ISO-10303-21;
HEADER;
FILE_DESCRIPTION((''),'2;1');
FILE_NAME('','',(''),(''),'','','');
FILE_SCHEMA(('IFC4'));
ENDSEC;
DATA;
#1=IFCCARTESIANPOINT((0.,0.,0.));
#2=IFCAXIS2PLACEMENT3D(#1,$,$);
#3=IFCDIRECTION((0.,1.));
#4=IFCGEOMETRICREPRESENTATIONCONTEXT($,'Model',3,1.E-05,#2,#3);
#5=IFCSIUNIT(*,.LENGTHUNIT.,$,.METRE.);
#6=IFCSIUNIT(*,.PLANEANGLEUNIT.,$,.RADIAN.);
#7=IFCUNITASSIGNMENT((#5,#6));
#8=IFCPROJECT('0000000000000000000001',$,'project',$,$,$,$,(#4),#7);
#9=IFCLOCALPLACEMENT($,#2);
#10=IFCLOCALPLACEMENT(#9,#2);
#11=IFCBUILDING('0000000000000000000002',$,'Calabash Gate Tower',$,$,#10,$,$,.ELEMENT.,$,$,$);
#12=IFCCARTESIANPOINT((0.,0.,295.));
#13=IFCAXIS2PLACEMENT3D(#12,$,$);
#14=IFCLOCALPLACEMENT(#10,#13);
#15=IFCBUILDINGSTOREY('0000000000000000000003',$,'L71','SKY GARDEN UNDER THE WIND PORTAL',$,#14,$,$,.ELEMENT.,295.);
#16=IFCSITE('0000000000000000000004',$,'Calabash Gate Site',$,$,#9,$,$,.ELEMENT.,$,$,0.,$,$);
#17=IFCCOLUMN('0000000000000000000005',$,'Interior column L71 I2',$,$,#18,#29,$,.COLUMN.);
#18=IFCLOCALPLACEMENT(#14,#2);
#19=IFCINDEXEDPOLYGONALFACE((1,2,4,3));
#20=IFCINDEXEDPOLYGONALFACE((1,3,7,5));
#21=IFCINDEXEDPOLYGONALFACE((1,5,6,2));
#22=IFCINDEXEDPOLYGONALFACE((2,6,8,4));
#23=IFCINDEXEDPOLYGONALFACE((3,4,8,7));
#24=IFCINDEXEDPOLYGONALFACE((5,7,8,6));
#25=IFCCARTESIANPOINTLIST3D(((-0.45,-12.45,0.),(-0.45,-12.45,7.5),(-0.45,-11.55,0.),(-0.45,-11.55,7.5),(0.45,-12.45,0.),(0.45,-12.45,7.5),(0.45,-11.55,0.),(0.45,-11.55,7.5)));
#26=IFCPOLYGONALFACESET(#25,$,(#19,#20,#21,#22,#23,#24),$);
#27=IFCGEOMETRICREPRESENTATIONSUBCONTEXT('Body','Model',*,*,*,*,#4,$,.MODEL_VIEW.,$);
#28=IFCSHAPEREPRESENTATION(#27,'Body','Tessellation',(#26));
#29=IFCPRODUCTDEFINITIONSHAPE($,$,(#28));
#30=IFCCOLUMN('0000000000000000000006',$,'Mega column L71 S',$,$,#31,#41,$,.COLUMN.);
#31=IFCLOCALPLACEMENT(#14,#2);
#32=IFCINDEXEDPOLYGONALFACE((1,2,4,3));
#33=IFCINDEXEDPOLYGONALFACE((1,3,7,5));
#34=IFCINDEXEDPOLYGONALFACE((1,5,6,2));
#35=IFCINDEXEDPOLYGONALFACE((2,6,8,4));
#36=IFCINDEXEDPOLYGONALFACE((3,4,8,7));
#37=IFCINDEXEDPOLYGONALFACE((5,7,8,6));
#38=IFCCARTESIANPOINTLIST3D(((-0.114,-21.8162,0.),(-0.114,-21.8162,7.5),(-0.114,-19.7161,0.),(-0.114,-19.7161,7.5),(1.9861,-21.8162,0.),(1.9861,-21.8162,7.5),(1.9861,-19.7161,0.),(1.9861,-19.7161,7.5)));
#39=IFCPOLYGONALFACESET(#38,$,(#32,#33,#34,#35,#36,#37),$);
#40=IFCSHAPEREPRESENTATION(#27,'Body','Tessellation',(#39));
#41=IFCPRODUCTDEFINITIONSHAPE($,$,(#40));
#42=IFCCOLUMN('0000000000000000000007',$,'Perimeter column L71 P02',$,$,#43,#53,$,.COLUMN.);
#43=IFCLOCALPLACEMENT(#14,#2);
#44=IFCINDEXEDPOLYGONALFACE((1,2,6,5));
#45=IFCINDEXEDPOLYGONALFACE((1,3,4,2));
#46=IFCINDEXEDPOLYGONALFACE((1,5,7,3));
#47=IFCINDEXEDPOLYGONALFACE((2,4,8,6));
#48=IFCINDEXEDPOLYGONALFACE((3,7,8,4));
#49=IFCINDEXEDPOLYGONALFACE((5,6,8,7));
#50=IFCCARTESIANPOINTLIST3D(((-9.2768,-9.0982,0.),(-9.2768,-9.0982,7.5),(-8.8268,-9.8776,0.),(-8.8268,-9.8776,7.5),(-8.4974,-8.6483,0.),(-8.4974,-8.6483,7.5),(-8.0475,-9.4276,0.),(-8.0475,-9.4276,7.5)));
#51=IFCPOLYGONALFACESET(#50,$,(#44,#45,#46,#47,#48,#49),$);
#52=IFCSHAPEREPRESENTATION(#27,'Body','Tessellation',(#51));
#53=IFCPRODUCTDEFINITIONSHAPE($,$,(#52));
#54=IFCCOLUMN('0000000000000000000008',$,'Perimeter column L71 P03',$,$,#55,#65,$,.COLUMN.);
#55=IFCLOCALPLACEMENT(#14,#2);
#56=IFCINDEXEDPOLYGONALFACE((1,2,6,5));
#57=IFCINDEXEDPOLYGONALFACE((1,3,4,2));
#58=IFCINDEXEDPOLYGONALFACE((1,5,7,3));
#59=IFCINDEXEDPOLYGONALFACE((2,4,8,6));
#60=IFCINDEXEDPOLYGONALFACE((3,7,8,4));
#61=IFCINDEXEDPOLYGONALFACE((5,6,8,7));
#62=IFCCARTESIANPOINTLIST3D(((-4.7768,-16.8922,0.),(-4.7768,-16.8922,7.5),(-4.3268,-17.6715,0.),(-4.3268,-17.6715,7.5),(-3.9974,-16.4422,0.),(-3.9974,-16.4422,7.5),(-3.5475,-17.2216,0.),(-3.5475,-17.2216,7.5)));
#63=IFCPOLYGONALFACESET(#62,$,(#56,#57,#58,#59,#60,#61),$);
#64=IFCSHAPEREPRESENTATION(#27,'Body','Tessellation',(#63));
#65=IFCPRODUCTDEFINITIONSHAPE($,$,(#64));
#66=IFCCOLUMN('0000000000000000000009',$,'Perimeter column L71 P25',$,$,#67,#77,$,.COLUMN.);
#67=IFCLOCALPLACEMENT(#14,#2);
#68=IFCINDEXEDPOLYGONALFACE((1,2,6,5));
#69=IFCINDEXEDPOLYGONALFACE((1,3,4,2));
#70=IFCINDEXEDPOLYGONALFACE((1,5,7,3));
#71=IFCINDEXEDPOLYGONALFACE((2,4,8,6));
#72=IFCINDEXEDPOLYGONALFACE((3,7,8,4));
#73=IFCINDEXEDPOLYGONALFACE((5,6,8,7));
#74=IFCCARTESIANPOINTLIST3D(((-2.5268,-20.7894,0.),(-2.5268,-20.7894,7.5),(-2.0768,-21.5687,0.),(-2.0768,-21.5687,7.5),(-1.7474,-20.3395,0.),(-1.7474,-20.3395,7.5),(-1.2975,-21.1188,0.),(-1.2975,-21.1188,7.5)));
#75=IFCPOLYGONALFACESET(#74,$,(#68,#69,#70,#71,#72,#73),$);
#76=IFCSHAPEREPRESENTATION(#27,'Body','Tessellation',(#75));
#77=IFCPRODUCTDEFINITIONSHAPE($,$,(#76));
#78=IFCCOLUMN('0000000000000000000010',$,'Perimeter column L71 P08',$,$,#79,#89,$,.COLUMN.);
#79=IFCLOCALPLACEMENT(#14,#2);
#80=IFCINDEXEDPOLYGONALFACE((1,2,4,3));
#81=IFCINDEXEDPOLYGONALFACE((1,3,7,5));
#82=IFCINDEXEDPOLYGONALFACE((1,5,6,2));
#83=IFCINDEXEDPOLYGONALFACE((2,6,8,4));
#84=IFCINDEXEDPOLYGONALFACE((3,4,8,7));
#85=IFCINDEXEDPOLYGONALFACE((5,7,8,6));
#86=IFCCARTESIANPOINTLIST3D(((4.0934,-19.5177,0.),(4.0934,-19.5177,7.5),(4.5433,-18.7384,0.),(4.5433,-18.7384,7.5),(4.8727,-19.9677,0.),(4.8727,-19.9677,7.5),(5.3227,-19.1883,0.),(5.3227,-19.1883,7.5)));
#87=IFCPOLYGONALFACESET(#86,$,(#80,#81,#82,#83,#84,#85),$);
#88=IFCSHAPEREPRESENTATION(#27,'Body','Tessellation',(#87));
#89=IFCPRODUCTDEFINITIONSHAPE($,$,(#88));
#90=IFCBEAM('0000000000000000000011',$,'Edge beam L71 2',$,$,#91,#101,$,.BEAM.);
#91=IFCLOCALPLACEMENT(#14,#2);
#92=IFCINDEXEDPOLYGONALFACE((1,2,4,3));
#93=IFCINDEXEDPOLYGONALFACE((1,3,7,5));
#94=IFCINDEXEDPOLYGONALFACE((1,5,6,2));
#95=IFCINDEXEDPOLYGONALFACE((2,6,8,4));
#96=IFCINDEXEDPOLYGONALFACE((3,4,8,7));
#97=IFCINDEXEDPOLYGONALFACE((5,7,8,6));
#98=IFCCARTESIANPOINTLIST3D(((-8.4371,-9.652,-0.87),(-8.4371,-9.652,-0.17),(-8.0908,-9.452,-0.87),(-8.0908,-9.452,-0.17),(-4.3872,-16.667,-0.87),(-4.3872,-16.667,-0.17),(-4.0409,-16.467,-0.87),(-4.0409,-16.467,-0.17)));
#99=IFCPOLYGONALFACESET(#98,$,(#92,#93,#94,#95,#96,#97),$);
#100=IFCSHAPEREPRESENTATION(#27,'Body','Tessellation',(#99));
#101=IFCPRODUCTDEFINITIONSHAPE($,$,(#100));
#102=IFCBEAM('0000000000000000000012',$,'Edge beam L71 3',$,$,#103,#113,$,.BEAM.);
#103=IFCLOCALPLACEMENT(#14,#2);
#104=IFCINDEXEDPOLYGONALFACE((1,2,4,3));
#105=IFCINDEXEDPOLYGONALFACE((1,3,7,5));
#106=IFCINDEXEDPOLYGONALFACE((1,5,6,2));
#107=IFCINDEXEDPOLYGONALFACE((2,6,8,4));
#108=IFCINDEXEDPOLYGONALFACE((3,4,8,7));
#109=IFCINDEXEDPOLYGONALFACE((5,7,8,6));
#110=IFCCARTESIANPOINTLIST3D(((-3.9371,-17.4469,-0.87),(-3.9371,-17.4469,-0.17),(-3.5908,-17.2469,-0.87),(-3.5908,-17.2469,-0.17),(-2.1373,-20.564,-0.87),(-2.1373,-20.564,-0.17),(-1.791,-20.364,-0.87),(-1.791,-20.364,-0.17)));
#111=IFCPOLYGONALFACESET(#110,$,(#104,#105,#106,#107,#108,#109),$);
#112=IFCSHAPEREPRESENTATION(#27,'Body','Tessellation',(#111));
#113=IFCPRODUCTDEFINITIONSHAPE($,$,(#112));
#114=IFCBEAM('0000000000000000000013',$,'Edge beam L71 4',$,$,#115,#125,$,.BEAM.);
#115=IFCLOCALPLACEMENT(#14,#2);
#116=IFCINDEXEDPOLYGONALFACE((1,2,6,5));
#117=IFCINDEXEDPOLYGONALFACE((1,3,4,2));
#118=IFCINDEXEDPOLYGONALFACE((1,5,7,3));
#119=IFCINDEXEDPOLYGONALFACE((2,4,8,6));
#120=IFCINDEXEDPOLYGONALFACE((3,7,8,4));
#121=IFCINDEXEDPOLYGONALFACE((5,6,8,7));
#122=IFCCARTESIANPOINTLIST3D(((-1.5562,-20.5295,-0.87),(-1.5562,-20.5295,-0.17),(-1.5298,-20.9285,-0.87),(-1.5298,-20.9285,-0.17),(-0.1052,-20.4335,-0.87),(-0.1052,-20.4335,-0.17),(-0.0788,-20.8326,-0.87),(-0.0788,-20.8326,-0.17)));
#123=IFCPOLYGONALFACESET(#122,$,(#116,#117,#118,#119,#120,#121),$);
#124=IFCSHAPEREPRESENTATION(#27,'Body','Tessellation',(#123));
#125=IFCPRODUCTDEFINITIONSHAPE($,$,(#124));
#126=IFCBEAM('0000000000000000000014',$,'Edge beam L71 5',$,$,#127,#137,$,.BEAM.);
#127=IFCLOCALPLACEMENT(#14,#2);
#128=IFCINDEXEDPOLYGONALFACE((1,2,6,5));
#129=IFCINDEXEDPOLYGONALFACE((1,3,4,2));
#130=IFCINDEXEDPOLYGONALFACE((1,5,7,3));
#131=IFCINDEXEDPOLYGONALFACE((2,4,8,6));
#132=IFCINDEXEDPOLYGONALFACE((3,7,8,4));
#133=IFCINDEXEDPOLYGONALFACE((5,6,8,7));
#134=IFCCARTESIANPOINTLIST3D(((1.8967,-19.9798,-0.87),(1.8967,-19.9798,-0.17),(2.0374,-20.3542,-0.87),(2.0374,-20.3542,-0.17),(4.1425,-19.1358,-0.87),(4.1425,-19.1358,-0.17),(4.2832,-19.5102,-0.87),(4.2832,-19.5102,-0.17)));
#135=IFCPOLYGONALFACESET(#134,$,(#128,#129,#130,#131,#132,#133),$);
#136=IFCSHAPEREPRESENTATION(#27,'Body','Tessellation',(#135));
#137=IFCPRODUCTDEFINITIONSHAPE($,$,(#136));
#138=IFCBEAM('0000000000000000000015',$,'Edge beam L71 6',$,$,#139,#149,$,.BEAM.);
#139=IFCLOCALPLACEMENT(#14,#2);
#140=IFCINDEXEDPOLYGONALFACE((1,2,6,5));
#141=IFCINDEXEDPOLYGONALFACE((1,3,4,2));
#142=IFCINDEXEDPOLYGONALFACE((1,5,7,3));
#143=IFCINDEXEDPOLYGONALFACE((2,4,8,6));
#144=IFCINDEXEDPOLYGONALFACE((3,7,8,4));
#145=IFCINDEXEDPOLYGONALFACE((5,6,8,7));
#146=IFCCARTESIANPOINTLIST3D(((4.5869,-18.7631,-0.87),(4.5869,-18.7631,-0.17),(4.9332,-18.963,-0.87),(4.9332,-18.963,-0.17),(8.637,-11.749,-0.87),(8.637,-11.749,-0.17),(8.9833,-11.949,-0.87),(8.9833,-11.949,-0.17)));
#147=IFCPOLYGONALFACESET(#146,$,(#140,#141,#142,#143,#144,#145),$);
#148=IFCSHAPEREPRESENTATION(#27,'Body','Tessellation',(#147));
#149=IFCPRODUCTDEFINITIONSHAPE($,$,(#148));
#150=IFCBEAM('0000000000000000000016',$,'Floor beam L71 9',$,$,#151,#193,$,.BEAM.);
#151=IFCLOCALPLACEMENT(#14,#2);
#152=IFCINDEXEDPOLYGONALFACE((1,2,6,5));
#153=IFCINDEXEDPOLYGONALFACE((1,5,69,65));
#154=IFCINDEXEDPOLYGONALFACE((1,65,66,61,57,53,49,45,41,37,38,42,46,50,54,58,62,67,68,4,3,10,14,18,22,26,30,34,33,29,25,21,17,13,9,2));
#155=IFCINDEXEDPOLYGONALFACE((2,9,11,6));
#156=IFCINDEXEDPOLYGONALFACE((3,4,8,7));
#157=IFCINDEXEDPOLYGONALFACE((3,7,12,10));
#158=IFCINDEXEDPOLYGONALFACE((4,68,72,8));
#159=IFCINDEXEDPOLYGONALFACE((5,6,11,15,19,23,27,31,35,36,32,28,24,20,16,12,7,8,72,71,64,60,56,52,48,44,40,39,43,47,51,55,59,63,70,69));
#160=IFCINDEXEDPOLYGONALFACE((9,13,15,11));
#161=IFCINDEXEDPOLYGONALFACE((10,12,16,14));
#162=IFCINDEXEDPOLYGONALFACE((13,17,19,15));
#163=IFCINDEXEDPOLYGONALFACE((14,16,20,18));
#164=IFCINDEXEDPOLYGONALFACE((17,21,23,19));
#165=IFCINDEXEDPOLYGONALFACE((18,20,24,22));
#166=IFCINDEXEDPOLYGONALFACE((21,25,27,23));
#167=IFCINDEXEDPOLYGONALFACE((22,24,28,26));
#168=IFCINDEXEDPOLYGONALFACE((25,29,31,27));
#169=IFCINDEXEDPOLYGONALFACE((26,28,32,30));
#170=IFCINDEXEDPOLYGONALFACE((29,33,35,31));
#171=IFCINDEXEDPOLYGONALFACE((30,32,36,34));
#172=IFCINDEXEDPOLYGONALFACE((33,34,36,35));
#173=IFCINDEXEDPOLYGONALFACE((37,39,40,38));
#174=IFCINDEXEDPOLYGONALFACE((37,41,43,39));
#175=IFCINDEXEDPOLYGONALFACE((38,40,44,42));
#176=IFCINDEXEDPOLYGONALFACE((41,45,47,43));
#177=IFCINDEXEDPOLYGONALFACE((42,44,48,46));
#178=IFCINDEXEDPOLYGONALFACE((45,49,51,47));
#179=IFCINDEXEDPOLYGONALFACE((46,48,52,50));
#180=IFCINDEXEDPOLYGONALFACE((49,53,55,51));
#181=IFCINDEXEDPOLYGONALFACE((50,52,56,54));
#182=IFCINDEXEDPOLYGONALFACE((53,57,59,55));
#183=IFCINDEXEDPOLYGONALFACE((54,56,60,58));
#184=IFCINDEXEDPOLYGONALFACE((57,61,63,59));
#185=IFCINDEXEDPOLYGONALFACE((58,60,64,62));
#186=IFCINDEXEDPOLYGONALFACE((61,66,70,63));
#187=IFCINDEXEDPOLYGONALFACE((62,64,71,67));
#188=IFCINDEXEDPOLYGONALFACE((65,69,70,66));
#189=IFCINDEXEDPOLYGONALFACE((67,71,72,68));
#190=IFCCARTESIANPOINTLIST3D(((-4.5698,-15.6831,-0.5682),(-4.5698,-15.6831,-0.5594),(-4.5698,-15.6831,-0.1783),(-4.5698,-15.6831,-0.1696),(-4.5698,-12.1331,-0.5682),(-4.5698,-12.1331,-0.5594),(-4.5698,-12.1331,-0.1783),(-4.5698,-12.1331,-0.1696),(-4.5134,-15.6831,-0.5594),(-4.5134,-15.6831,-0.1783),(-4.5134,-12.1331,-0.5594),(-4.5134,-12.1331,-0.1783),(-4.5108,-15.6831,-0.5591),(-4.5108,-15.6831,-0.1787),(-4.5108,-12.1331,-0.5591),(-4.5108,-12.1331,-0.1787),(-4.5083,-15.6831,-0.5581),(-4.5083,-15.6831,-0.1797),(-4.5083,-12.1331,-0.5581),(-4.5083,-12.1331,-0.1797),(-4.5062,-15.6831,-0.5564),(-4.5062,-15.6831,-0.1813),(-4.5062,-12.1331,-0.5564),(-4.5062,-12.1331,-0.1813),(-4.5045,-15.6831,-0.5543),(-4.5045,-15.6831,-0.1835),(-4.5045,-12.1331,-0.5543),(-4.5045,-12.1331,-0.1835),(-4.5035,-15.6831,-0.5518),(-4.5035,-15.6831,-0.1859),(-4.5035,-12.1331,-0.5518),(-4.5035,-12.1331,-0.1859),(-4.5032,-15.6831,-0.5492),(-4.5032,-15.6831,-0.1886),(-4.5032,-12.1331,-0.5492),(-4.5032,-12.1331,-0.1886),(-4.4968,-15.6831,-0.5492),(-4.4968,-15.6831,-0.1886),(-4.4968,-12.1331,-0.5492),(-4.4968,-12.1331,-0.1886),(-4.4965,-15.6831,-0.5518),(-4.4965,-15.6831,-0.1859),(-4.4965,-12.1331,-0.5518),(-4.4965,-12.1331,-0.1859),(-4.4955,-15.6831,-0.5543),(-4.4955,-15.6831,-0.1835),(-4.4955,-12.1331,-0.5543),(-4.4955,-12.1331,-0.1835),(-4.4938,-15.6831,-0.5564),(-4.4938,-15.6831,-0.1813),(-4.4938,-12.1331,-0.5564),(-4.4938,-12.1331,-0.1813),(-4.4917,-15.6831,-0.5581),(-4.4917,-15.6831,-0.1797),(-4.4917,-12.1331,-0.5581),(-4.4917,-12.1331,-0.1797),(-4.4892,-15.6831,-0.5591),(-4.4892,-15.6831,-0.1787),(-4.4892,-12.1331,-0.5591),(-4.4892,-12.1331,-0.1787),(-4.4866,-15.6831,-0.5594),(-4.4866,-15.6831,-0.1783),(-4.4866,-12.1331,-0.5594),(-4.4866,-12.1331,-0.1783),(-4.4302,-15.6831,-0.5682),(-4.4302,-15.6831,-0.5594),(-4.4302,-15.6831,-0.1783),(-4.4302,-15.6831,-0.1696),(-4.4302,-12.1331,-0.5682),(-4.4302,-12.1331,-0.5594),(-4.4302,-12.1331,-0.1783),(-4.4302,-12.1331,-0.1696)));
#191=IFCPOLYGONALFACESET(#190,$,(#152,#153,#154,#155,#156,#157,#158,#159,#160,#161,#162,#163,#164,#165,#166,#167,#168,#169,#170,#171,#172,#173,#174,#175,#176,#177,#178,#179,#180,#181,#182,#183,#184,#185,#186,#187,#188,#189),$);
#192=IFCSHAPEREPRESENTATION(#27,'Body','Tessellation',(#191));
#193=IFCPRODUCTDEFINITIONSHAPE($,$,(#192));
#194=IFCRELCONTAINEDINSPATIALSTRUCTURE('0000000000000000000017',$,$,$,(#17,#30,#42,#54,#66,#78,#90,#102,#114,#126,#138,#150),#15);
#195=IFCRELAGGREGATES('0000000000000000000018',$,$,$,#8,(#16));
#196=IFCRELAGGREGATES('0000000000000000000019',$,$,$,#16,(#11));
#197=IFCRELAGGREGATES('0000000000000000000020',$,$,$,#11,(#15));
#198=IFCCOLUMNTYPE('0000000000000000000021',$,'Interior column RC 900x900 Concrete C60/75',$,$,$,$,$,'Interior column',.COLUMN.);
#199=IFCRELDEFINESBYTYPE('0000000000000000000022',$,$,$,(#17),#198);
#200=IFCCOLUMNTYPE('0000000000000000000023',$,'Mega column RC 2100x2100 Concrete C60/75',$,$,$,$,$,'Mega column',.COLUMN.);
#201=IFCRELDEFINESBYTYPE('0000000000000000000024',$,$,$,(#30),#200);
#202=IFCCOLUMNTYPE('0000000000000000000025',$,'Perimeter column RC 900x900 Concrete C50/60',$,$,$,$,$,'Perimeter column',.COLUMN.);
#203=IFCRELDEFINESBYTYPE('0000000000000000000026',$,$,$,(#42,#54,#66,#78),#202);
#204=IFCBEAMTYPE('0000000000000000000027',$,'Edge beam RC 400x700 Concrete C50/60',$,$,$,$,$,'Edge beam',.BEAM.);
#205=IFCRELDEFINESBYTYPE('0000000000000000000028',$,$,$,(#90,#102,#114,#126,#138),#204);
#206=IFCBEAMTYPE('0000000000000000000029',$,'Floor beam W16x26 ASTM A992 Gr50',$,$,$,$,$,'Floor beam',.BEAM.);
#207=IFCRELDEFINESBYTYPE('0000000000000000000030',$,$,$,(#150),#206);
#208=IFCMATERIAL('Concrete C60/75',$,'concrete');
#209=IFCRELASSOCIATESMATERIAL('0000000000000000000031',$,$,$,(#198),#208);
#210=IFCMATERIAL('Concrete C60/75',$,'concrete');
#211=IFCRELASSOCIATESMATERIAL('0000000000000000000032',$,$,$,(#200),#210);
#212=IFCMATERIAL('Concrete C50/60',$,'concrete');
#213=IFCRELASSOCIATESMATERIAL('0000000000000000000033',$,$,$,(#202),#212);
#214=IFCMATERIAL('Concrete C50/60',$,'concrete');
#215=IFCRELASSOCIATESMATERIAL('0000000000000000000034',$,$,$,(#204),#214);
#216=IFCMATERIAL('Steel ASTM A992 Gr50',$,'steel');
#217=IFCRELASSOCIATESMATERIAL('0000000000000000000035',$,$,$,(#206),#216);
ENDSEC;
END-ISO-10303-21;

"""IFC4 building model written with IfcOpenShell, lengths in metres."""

from ifc_helpers import new_model, si_unit, direction, frame, origin, origin_2d, place, context, subcontext, project, spatial, rectangle, i_section, extrude, material, material_profile, profile_set, type_object, element, save


model = new_model("IFC4")

# Units and contexts
model_context = context("Model", 3, precision=1e-05, world=origin(), true_north=direction((0.0, 1.0)))
body_context = subcontext(model_context, "Body", "Model", "MODEL_VIEW")
ifc_project = project(units=[si_unit("LENGTHUNIT", "METRE"), si_unit("PLANEANGLEUNIT", "RADIAN")], contexts=[model_context])

# Site, building, storey
site_placement = place(None, origin())
site = spatial("IfcSite", under=ifc_project, at=site_placement, Name="Calabash Gate Site", CompositionType="ELEMENT", RefElevation=0.0)
building_placement = place(site_placement, origin())
building = spatial("IfcBuilding", under=site, at=building_placement, Name="Calabash Gate Tower", CompositionType="ELEMENT")
storey_placement = place(building_placement, frame((0.0, 0.0, 295.0)))
storey = spatial("IfcBuildingStorey", under=building, at=storey_placement, Name="L71", Description="SKY GARDEN UNDER THE WIND PORTAL", CompositionType="ELEMENT", Elevation=295.0)

# Columns
ifc_material_1 = material(Name="Concrete C60/75", Category="concrete")
ifc_material_profile_1 = material_profile(ifc_material_1, rectangle(XDim=0.8999, YDim=0.8999, at=origin_2d()))
ifc_profile_set_1 = profile_set([ifc_material_profile_1], Name="Concrete C60/75")
column_type_1 = type_object("IfcColumnType", Name="Interior column RC 900x900 Concrete C60/75", ElementType="Interior column", PredefinedType="COLUMN", material=ifc_profile_set_1)
column_1_placement = place(storey_placement, frame((0.0, -12.0, 0.0), z_axis=(0.0, 0.0, 1.0), x_axis=(1.0, 0.0, 0.0)))
element("IfcColumn", 1, at=column_1_placement, inside=storey, type_object=column_type_1, Name="Interior column L71 I2", PredefinedType="COLUMN", context=body_context, shape_type="SweptSolid", body=[
    extrude(rectangle(XDim=0.8999, YDim=0.8999, at=origin_2d()), origin(), (0.0, 0.0, 1.0), 7.5),
])
ifc_material_2 = material(Name="Concrete C60/75", Category="concrete")
ifc_material_profile_2 = material_profile(ifc_material_2, rectangle(XDim=2.1001, YDim=2.1001, at=origin_2d()))
ifc_profile_set_2 = profile_set([ifc_material_profile_2], Name="Concrete C60/75")
column_type_2 = type_object("IfcColumnType", Name="Mega column RC 2100x2100 Concrete C60/75", ElementType="Mega column", PredefinedType="COLUMN", material=ifc_profile_set_2)
column_2_placement = place(storey_placement, frame((0.936, -20.7661, 0.0), z_axis=(0.0, 0.0, 1.0), x_axis=(0.0, 1.0, 0.0)))
element("IfcColumn", 2, at=column_2_placement, inside=storey, type_object=column_type_2, Name="Mega column L71 S", PredefinedType="COLUMN", context=body_context, shape_type="SweptSolid", body=[
    extrude(rectangle(XDim=2.1001, YDim=2.1001, at=origin_2d()), origin(), (0.0, 0.0, 1.0), 7.5),
])
ifc_material_3 = material(Name="Concrete C50/60", Category="concrete")
ifc_material_profile_3 = material_profile(ifc_material_3, rectangle(XDim=0.8999, YDim=0.8999, at=origin_2d()))
ifc_profile_set_3 = profile_set([ifc_material_profile_3], Name="Concrete C50/60")
column_type_3 = type_object("IfcColumnType", Name="Perimeter column RC 900x900 Concrete C50/60", ElementType="Perimeter column", PredefinedType="COLUMN", material=ifc_profile_set_3)
for number, where, z_axis, x_axis, name in (
    (3, (-8.6621, -9.2629, 0.0), (0.0, 0.0, 1.0), (0.5, -0.866025, 0.0), "Perimeter column L71 P02"),
    (4, (-4.1621, -17.0569, 0.0), (0.0, 0.0, 1.0), (0.5, -0.866025, 0.0), "Perimeter column L71 P03"),
    (5, (-1.9121, -20.9541, 0.0), (0.0, 0.0, 1.0), (0.5, -0.866025, 0.0), "Perimeter column L71 P25"),
    (6, (4.708, -19.353, 0.0), (0.0, 0.0, 1.0), (0.5, 0.866025, 0.0), "Perimeter column L71 P08"),
):
    element("IfcColumn", number, at=place(storey_placement, frame(where, z_axis=z_axis, x_axis=x_axis)), inside=storey, type_object=column_type_3, Name=name, PredefinedType="COLUMN", context=body_context, shape_type="SweptSolid", body=[
        extrude(rectangle(XDim=0.8999, YDim=0.8999, at=origin_2d()), origin(), (0.0, 0.0, 1.0), 7.5),
    ])

# Beams
ifc_material_4 = material(Name="Concrete C50/60", Category="concrete")
ifc_material_profile_4 = material_profile(ifc_material_4, rectangle(XDim=0.3999, YDim=0.7, at=origin_2d()))
ifc_profile_set_4 = profile_set([ifc_material_profile_4], Name="Concrete C50/60")
beam_type_1 = type_object("IfcBeamType", Name="Edge beam RC 400x700 Concrete C50/60", ElementType="Edge beam", PredefinedType="BEAM", material=ifc_profile_set_4)
beam_1_placement = place(storey_placement, frame((-8.2639, -9.552, -0.52), z_axis=(0.499977, -0.866039, 0.0), x_axis=(0.866039, 0.499977, 0.0)))
element("IfcBeam", 7, at=beam_1_placement, inside=storey, type_object=beam_type_1, Name="Edge beam L71 2", PredefinedType="BEAM", context=body_context, shape_type="SweptSolid", body=[
    extrude(rectangle(XDim=0.3999, YDim=0.7, at=origin_2d()), origin(), (0.0, 0.0, 1.0), 8.1001),
])
beam_2_placement = place(storey_placement, frame((-3.7639, -17.3469, -0.52), z_axis=(0.50002, -0.866014, 0.0), x_axis=(0.866014, 0.50002, 0.0)))
element("IfcBeam", 8, at=beam_2_placement, inside=storey, type_object=beam_type_1, Name="Edge beam L71 3", PredefinedType="BEAM", context=body_context, shape_type="SweptSolid", body=[
    extrude(rectangle(XDim=0.3999, YDim=0.7, at=origin_2d()), origin(), (0.0, 0.0, 1.0), 3.5994),
])
beam_3_placement = place(storey_placement, frame((-1.543, -20.729, -0.52), z_axis=(0.997821, 0.065984, 0.0), x_axis=(-0.065984, 0.997821, 0.0)))
element("IfcBeam", 9, at=beam_3_placement, inside=storey, type_object=beam_type_1, Name="Edge beam L71 4", PredefinedType="BEAM", context=body_context, shape_type="SweptSolid", body=[
    extrude(rectangle(XDim=0.3999, YDim=0.7, at=origin_2d()), origin(), (0.0, 0.0, 1.0), 1.4541),
])
beam_4_placement = place(storey_placement, frame((1.967, -20.167, -0.52), z_axis=(0.936082, 0.351781, 0.0), x_axis=(-0.351781, 0.936082, 0.0)))
element("IfcBeam", 10, at=beam_4_placement, inside=storey, type_object=beam_type_1, Name="Edge beam L71 5", PredefinedType="BEAM", context=body_context, shape_type="SweptSolid", body=[
    extrude(rectangle(XDim=0.3999, YDim=0.7, at=origin_2d()), origin(), (0.0, 0.0, 1.0), 2.3992),
])
beam_5_placement = place(storey_placement, frame((4.76, -18.863, -0.52), z_axis=(0.500052, 0.865995, 0.0), x_axis=(-0.865995, 0.500052, 0.0)))
element("IfcBeam", 11, at=beam_5_placement, inside=storey, type_object=beam_type_1, Name="Edge beam L71 6", PredefinedType="BEAM", context=body_context, shape_type="SweptSolid", body=[
    extrude(rectangle(XDim=0.3999, YDim=0.7, at=origin_2d()), origin(), (0.0, 0.0, 1.0), 8.0994),
])
ifc_material_5 = material(Name="Steel ASTM A992 Gr50", Category="steel")
ifc_material_profile_5 = material_profile(ifc_material_5, i_section(OverallWidth=0.1396, OverallDepth=0.3987, WebThickness=0.0063, FlangeThickness=0.0088, FilletRadius=0.0103, at=origin_2d()))
ifc_profile_set_5 = profile_set([ifc_material_profile_5], Name="Steel ASTM A992 Gr50")
beam_type_2 = type_object("IfcBeamType", Name="Floor beam W16x26 ASTM A992 Gr50", ElementType="Floor beam", PredefinedType="BEAM", material=ifc_profile_set_5)
beam_6_placement = place(storey_placement, frame((-4.5, -15.6831, -0.3689), z_axis=(0.0, 1.0, 0.0), x_axis=(-1.0, 0.0, 0.0)))
element("IfcBeam", 12, at=beam_6_placement, inside=storey, type_object=beam_type_2, Name="Floor beam L71 9", PredefinedType="BEAM", context=body_context, shape_type="SweptSolid", body=[
    extrude(i_section(OverallWidth=0.1396, OverallDepth=0.3987, WebThickness=0.0063, FlangeThickness=0.0088, FilletRadius=0.0103, at=origin_2d()), origin(), (0.0, 0.0, 1.0), 3.55),
])

save(model, "model.ifc")
